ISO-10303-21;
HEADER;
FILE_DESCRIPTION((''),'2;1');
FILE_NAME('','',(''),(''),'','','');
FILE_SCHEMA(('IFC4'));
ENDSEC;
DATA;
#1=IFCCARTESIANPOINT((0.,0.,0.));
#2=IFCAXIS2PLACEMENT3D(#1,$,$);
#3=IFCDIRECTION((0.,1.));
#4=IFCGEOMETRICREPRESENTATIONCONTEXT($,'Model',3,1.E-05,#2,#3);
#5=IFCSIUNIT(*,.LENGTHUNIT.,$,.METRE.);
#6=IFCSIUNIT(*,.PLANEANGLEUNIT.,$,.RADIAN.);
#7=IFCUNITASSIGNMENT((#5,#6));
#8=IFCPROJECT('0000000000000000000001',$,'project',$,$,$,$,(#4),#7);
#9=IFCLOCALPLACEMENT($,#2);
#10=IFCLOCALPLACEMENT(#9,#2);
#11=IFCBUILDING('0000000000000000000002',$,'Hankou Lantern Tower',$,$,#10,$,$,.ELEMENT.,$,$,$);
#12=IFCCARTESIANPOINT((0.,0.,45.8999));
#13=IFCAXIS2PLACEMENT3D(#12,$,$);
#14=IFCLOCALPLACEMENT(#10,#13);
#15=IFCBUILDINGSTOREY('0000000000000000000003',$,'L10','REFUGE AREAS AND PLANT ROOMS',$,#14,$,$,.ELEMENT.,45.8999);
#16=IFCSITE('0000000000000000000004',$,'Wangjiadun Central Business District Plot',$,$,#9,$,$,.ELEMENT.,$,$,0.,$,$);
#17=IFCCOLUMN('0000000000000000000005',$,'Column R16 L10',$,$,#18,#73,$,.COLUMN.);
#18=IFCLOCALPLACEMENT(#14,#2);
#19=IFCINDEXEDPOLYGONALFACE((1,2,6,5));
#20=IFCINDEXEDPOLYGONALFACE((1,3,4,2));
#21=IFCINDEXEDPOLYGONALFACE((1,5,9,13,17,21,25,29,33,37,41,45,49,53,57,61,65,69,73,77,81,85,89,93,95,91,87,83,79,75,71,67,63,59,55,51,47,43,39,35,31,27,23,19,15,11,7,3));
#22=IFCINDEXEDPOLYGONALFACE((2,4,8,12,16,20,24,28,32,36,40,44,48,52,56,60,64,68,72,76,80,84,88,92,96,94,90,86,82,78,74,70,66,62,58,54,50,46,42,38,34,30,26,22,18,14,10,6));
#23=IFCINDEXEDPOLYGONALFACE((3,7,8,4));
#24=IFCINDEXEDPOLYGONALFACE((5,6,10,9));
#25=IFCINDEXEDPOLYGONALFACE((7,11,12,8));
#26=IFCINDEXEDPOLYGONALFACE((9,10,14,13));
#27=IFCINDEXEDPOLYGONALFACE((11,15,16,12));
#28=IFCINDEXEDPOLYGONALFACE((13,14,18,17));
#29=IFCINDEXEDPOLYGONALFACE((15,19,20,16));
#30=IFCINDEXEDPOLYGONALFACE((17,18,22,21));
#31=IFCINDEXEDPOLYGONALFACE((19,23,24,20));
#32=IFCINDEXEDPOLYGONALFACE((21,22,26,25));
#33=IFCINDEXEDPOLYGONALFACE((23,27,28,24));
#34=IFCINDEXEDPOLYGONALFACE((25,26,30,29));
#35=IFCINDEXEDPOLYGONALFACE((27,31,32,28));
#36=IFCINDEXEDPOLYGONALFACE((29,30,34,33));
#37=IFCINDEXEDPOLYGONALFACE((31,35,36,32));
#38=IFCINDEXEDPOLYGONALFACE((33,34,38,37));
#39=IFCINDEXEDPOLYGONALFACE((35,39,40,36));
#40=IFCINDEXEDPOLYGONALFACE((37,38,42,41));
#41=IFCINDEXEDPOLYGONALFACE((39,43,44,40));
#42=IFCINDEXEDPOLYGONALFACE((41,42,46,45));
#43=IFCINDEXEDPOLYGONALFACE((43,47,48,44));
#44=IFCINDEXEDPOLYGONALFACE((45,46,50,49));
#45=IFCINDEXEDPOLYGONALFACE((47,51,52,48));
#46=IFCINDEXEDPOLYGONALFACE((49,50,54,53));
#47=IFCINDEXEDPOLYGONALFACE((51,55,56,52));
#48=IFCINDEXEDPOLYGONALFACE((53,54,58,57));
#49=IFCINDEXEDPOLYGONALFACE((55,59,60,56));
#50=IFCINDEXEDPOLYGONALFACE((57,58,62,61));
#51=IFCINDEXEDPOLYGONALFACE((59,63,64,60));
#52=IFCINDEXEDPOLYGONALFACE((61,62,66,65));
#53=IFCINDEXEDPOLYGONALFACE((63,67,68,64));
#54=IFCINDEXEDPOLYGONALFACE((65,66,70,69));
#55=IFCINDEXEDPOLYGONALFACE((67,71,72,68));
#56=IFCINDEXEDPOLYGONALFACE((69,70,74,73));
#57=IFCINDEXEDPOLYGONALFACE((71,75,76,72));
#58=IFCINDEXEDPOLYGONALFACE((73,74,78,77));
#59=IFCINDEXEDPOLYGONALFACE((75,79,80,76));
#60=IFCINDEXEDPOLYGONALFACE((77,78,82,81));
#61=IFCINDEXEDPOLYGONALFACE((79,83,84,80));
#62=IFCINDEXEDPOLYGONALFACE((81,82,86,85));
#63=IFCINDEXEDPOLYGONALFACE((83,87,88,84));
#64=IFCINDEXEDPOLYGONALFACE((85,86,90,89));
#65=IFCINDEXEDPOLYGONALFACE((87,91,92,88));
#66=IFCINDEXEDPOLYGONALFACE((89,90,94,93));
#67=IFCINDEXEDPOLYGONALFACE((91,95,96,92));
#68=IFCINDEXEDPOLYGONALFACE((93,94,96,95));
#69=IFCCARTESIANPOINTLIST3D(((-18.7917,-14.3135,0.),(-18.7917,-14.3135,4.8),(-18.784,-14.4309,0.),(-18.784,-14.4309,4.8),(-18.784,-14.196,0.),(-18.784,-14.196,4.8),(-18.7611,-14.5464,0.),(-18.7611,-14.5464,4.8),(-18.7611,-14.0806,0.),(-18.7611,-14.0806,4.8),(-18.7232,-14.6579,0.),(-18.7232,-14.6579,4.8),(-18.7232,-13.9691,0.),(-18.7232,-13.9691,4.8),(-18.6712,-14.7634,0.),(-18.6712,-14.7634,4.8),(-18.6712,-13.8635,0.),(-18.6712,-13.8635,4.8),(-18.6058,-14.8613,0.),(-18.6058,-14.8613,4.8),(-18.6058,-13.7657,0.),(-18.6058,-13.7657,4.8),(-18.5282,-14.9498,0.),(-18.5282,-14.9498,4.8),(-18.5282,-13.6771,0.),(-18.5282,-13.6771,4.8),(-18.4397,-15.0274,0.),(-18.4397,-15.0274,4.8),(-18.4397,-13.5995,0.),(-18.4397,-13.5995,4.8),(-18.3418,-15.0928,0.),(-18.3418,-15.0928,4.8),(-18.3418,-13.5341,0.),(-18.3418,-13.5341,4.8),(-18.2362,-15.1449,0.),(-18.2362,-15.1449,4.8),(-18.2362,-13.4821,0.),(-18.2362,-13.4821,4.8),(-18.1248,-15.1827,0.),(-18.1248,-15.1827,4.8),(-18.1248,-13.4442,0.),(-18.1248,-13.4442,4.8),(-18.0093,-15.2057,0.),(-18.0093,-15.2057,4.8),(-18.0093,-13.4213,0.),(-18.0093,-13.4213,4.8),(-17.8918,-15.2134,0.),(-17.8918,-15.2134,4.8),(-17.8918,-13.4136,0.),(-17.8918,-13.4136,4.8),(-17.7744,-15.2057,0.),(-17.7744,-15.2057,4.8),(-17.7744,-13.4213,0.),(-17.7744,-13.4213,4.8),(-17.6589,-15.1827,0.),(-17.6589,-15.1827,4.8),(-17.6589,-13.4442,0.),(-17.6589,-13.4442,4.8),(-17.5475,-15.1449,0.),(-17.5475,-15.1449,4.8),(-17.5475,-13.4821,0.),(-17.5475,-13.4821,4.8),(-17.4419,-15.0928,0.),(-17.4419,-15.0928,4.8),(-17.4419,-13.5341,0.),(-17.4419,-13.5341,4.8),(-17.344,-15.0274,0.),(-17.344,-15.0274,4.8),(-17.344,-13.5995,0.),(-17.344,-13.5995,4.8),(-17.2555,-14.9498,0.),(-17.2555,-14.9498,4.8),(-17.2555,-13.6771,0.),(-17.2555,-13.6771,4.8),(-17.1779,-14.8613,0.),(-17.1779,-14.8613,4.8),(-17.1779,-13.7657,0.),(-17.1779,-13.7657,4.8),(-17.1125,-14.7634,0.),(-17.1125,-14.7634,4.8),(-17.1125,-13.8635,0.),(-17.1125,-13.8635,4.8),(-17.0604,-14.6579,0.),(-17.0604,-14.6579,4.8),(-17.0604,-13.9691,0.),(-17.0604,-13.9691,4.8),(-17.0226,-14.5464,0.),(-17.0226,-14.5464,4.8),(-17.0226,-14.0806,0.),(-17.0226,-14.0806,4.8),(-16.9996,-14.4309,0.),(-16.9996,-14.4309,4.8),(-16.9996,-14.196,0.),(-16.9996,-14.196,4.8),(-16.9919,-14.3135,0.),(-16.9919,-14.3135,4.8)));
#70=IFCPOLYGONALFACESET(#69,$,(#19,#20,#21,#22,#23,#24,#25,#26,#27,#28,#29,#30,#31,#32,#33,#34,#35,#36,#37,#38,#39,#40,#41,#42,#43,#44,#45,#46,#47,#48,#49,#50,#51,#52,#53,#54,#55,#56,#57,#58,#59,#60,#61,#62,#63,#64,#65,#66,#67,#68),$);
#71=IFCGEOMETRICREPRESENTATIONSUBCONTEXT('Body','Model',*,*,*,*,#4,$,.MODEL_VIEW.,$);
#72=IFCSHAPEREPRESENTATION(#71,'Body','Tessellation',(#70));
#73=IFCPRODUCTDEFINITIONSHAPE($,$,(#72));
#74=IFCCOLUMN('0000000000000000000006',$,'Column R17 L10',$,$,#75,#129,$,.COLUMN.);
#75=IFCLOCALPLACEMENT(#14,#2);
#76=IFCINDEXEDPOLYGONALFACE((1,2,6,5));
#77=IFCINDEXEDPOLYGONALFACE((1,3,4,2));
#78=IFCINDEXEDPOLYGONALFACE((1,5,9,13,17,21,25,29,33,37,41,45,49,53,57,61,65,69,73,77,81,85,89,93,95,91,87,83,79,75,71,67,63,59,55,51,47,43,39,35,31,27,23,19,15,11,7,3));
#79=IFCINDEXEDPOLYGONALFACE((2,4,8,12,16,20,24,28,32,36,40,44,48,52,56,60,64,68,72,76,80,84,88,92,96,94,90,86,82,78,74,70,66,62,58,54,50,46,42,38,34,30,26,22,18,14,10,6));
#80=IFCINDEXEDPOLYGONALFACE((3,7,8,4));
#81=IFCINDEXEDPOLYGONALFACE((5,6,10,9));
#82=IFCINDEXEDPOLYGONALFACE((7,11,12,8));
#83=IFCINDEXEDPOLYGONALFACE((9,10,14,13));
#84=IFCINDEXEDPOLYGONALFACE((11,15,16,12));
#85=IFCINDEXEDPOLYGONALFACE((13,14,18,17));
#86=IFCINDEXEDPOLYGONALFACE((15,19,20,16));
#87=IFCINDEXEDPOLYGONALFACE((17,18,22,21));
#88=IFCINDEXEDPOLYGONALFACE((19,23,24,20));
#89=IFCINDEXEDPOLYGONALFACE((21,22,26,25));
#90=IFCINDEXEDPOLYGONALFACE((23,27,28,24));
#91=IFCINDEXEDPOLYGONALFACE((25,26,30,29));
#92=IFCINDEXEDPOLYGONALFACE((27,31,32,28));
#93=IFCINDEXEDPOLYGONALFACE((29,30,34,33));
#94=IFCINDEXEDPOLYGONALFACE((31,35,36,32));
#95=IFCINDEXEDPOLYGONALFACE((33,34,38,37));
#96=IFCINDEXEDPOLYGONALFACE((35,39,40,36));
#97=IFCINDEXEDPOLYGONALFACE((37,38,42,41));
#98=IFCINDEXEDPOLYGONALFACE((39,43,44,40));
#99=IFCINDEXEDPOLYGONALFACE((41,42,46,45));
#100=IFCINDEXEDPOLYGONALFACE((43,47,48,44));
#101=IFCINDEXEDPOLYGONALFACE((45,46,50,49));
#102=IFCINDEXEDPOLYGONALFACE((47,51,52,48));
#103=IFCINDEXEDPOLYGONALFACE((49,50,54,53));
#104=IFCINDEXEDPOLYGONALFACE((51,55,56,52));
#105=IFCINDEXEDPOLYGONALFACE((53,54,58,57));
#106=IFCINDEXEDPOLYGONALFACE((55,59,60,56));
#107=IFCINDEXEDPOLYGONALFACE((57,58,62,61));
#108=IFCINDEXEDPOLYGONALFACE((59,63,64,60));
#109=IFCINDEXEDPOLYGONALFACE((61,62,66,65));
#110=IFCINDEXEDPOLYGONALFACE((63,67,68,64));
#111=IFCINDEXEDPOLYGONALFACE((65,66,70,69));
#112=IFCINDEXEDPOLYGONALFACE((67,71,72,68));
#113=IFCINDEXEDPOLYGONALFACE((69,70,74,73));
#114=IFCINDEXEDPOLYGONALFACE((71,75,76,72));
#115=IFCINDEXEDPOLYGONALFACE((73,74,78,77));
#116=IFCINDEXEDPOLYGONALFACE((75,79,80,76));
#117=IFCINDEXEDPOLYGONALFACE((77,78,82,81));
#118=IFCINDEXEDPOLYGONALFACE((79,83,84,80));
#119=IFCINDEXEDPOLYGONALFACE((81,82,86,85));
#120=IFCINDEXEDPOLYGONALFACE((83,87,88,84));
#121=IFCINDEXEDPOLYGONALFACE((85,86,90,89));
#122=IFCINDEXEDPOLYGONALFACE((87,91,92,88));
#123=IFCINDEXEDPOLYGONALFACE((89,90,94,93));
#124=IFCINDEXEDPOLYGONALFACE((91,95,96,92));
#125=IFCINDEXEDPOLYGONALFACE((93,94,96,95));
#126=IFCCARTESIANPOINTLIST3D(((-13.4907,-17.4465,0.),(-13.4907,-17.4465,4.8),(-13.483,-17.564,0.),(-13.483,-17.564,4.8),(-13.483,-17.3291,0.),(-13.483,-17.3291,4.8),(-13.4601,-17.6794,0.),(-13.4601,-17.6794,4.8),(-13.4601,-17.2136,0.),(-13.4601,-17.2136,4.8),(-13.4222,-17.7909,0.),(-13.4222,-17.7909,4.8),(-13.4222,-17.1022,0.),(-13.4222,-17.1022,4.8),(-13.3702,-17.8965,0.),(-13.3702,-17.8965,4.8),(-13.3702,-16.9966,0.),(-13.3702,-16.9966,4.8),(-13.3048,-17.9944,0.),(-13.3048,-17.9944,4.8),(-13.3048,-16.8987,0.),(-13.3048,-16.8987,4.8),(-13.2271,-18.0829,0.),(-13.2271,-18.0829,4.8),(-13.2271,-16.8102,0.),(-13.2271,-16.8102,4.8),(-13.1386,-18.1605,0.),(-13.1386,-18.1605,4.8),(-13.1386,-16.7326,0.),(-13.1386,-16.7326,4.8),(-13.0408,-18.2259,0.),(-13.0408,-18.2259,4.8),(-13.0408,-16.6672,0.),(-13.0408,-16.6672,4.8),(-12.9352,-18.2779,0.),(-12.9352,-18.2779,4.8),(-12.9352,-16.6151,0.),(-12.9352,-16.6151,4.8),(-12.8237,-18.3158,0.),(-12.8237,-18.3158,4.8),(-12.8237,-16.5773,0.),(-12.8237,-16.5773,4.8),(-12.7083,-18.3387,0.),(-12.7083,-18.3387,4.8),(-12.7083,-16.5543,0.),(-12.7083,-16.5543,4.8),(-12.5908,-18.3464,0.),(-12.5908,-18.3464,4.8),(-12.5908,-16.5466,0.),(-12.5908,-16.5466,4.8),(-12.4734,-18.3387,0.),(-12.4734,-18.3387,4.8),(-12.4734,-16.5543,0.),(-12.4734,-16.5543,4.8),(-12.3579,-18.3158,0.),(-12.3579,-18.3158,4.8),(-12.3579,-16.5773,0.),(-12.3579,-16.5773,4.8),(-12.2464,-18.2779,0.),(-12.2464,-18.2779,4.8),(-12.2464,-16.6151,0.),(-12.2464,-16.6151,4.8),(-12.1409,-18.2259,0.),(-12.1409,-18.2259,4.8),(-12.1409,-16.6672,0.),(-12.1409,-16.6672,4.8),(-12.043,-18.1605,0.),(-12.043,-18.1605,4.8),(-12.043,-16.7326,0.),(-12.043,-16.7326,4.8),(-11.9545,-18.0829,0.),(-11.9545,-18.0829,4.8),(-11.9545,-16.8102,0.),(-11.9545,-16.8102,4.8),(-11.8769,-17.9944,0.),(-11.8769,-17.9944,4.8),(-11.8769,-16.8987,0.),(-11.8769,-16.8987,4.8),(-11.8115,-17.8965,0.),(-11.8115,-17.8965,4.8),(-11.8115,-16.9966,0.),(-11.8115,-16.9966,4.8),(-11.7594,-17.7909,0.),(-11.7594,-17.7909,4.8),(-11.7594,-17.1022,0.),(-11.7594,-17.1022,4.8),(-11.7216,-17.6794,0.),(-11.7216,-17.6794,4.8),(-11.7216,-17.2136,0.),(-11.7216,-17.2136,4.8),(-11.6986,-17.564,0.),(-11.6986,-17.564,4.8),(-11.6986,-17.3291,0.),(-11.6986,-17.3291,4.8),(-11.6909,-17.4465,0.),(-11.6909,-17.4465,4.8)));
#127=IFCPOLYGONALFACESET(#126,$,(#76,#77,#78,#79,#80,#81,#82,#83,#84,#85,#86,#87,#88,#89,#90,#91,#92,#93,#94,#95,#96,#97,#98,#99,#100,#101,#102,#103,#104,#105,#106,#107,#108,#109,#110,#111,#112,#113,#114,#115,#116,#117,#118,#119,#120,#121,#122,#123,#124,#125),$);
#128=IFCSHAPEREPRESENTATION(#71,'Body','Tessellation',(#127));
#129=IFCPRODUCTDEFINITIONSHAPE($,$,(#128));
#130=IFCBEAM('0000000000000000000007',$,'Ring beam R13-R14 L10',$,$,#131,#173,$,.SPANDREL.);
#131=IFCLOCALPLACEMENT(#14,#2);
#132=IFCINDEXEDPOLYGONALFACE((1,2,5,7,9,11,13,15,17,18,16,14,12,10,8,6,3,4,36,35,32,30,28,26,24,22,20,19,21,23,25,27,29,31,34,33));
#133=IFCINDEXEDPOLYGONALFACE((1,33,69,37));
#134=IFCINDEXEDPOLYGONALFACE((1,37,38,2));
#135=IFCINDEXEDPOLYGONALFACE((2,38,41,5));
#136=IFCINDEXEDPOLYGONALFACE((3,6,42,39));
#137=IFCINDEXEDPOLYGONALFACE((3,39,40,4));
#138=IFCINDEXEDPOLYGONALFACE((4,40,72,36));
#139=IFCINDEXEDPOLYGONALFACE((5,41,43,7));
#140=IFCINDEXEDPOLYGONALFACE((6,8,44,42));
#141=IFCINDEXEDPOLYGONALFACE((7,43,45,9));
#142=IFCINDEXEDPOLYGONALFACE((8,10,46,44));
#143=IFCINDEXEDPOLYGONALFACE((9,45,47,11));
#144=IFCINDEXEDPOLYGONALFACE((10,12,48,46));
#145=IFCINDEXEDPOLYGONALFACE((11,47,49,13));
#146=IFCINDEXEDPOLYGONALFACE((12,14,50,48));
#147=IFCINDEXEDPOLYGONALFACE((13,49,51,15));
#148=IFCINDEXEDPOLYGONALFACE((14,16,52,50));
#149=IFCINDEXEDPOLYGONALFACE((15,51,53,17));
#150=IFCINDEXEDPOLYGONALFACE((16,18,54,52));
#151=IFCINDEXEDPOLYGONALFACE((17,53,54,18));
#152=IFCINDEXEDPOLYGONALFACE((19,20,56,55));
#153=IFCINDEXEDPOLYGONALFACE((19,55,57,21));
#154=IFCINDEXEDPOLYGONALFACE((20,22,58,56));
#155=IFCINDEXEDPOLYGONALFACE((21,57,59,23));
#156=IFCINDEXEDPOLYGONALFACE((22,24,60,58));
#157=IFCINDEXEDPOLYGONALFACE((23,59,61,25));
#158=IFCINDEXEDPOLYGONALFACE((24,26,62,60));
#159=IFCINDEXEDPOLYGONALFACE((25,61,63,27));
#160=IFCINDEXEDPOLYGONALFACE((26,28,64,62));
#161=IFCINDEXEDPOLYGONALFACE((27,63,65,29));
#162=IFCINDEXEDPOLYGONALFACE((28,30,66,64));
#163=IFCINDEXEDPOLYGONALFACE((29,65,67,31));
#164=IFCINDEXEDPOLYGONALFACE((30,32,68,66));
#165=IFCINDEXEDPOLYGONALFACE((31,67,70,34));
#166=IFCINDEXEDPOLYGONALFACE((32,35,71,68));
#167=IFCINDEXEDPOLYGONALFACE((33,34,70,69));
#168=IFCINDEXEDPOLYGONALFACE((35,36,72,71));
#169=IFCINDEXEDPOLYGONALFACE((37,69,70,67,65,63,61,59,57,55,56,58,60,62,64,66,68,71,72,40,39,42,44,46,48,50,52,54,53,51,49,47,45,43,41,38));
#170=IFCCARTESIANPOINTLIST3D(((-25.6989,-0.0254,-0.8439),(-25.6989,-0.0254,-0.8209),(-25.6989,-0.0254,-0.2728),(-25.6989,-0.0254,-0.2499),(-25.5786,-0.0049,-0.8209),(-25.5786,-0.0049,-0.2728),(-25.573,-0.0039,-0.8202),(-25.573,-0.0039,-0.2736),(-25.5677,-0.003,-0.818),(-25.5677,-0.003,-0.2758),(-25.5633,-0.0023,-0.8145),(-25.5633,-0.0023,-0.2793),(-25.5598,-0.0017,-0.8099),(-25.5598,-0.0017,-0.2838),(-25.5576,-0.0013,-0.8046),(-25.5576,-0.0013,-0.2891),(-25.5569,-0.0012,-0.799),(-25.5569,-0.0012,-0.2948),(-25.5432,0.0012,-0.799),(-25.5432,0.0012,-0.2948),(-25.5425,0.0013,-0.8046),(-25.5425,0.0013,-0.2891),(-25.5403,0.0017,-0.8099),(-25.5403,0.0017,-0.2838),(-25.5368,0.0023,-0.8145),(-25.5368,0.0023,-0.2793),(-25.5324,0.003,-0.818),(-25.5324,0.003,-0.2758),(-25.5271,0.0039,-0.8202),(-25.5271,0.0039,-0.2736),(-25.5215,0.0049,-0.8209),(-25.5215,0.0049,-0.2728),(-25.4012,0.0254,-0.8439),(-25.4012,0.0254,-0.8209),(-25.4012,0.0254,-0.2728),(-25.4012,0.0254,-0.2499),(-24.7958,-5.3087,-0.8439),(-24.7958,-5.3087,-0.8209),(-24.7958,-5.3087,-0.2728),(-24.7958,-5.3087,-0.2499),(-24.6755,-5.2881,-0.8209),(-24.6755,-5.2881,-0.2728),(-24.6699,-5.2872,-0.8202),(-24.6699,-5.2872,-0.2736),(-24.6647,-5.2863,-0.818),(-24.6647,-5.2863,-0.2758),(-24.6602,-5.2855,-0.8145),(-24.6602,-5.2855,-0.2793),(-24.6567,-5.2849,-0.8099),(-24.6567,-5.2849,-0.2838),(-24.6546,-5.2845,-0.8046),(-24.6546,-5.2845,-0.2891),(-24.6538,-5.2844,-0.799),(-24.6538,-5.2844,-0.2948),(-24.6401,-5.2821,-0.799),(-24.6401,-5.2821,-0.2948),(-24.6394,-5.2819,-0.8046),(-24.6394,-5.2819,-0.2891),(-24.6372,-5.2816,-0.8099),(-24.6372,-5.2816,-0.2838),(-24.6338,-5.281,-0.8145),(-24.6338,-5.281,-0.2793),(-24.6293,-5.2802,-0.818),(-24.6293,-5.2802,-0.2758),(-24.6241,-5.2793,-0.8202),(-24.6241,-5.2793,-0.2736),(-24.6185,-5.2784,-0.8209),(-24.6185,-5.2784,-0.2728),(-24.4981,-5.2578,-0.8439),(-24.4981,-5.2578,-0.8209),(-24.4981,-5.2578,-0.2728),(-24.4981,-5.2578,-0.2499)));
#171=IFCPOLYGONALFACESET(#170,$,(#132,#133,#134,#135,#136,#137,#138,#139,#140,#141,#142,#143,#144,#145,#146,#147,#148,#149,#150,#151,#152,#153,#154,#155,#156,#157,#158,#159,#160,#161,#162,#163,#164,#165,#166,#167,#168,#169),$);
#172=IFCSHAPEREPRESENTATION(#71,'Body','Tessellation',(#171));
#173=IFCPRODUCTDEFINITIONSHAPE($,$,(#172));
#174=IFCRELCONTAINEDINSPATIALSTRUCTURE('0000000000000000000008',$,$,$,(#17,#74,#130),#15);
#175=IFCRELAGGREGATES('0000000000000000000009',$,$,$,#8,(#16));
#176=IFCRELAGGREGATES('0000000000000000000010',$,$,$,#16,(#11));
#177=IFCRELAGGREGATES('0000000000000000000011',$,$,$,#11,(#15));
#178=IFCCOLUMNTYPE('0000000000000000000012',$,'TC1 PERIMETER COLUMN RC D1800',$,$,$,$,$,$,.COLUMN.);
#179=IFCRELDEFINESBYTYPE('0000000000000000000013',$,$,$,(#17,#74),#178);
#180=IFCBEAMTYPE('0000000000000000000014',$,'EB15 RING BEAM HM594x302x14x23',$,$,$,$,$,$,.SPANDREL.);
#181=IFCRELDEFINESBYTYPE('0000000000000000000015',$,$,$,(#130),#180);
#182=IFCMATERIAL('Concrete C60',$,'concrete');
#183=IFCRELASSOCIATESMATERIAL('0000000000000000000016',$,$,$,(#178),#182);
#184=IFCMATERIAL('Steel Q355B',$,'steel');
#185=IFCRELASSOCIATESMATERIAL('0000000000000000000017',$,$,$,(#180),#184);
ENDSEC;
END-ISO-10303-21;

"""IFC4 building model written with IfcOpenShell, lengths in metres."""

from ifc_helpers import new_model, si_unit, direction, frame, origin, origin_2d, place, context, subcontext, project, spatial, circle, i_section, extrude, material, material_profile, profile_set, type_object, element, save


model = new_model("IFC4")

# Units and contexts
model_context = context("Model", 3, precision=1e-05, world=origin(), true_north=direction((0.0, 1.0)))
body_context = subcontext(model_context, "Body", "Model", "MODEL_VIEW")
ifc_project = project(units=[si_unit("LENGTHUNIT", "METRE"), si_unit("PLANEANGLEUNIT", "RADIAN")], contexts=[model_context])

# Site, building, storey
site_placement = place(None, origin())
site = spatial("IfcSite", under=ifc_project, at=site_placement, Name="Wangjiadun Central Business District Plot", CompositionType="ELEMENT", RefElevation=0.0)
building_placement = place(site_placement, origin())
building = spatial("IfcBuilding", under=site, at=building_placement, Name="Hankou Lantern Tower", CompositionType="ELEMENT")
storey_placement = place(building_placement, frame((0.0, 0.0, 45.8999)))
storey = spatial("IfcBuildingStorey", under=building, at=storey_placement, Name="L10", Description="REFUGE AREAS AND PLANT ROOMS", CompositionType="ELEMENT", Elevation=45.8999)

# Columns
ifc_material_1 = material(Name="Concrete C60", Category="concrete")
ifc_material_profile_1 = material_profile(ifc_material_1, circle(Radius=0.8999, at=origin_2d()), Name="RC D1800")
ifc_profile_set_1 = profile_set([ifc_material_profile_1], Name="Concrete C60")
column_type = type_object("IfcColumnType", Name="TC1 PERIMETER COLUMN RC D1800", PredefinedType="COLUMN", material=ifc_profile_set_1)
for number, where, z_axis, x_axis, name in (
    (1, (-17.8918, -14.3135, 0.0), (0.0, 0.0, 1.0), (1.0, 0.0, 0.0), "Column R16 L10"),
    (2, (-12.5908, -17.4465, 0.0), (0.0, 0.0, 1.0), (1.0, 0.0, 0.0), "Column R17 L10"),
):
    element("IfcColumn", number, at=place(storey_placement, frame(where, z_axis=z_axis, x_axis=x_axis)), inside=storey, type_object=column_type, Name=name, PredefinedType="COLUMN", context=body_context, shape_type="SweptSolid", body=[
        extrude(circle(Radius=0.8999, at=origin_2d()), origin(), (0.0, 0.0, 1.0), 4.8),
    ])

# Beam
ifc_material_2 = material(Name="Steel Q355B", Category="steel")
ifc_material_profile_2 = material_profile(ifc_material_2, i_section(OverallWidth=0.302, OverallDepth=0.594, WebThickness=0.0139, FlangeThickness=0.0229, FilletRadius=0.022, at=origin_2d()), Name="HM594x302x14x23")
ifc_profile_set_2 = profile_set([ifc_material_profile_2], Name="Steel Q355B")
beam_type_1 = type_object("IfcBeamType", Name="EB15 RING BEAM HM594x302x14x23", PredefinedType="SPANDREL", material=ifc_profile_set_2)
beam_1_placement = place(storey_placement, frame((-25.55, 0.0, -0.5469), z_axis=(0.16849, -0.985703, 0.0), x_axis=(0.985703, 0.16849, 0.0)))
element("IfcBeam", 3, at=beam_1_placement, inside=storey, type_object=beam_type_1, Name="Ring beam R13-R14 L10", PredefinedType="SPANDREL", context=body_context, shape_type="SweptSolid", body=[
    extrude(i_section(OverallWidth=0.302, OverallDepth=0.594, WebThickness=0.0139, FlangeThickness=0.0229, FilletRadius=0.022, at=origin_2d()), origin(), (0.0, 0.0, 1.0), 5.3599),
])

save(model, "model.ifc")
